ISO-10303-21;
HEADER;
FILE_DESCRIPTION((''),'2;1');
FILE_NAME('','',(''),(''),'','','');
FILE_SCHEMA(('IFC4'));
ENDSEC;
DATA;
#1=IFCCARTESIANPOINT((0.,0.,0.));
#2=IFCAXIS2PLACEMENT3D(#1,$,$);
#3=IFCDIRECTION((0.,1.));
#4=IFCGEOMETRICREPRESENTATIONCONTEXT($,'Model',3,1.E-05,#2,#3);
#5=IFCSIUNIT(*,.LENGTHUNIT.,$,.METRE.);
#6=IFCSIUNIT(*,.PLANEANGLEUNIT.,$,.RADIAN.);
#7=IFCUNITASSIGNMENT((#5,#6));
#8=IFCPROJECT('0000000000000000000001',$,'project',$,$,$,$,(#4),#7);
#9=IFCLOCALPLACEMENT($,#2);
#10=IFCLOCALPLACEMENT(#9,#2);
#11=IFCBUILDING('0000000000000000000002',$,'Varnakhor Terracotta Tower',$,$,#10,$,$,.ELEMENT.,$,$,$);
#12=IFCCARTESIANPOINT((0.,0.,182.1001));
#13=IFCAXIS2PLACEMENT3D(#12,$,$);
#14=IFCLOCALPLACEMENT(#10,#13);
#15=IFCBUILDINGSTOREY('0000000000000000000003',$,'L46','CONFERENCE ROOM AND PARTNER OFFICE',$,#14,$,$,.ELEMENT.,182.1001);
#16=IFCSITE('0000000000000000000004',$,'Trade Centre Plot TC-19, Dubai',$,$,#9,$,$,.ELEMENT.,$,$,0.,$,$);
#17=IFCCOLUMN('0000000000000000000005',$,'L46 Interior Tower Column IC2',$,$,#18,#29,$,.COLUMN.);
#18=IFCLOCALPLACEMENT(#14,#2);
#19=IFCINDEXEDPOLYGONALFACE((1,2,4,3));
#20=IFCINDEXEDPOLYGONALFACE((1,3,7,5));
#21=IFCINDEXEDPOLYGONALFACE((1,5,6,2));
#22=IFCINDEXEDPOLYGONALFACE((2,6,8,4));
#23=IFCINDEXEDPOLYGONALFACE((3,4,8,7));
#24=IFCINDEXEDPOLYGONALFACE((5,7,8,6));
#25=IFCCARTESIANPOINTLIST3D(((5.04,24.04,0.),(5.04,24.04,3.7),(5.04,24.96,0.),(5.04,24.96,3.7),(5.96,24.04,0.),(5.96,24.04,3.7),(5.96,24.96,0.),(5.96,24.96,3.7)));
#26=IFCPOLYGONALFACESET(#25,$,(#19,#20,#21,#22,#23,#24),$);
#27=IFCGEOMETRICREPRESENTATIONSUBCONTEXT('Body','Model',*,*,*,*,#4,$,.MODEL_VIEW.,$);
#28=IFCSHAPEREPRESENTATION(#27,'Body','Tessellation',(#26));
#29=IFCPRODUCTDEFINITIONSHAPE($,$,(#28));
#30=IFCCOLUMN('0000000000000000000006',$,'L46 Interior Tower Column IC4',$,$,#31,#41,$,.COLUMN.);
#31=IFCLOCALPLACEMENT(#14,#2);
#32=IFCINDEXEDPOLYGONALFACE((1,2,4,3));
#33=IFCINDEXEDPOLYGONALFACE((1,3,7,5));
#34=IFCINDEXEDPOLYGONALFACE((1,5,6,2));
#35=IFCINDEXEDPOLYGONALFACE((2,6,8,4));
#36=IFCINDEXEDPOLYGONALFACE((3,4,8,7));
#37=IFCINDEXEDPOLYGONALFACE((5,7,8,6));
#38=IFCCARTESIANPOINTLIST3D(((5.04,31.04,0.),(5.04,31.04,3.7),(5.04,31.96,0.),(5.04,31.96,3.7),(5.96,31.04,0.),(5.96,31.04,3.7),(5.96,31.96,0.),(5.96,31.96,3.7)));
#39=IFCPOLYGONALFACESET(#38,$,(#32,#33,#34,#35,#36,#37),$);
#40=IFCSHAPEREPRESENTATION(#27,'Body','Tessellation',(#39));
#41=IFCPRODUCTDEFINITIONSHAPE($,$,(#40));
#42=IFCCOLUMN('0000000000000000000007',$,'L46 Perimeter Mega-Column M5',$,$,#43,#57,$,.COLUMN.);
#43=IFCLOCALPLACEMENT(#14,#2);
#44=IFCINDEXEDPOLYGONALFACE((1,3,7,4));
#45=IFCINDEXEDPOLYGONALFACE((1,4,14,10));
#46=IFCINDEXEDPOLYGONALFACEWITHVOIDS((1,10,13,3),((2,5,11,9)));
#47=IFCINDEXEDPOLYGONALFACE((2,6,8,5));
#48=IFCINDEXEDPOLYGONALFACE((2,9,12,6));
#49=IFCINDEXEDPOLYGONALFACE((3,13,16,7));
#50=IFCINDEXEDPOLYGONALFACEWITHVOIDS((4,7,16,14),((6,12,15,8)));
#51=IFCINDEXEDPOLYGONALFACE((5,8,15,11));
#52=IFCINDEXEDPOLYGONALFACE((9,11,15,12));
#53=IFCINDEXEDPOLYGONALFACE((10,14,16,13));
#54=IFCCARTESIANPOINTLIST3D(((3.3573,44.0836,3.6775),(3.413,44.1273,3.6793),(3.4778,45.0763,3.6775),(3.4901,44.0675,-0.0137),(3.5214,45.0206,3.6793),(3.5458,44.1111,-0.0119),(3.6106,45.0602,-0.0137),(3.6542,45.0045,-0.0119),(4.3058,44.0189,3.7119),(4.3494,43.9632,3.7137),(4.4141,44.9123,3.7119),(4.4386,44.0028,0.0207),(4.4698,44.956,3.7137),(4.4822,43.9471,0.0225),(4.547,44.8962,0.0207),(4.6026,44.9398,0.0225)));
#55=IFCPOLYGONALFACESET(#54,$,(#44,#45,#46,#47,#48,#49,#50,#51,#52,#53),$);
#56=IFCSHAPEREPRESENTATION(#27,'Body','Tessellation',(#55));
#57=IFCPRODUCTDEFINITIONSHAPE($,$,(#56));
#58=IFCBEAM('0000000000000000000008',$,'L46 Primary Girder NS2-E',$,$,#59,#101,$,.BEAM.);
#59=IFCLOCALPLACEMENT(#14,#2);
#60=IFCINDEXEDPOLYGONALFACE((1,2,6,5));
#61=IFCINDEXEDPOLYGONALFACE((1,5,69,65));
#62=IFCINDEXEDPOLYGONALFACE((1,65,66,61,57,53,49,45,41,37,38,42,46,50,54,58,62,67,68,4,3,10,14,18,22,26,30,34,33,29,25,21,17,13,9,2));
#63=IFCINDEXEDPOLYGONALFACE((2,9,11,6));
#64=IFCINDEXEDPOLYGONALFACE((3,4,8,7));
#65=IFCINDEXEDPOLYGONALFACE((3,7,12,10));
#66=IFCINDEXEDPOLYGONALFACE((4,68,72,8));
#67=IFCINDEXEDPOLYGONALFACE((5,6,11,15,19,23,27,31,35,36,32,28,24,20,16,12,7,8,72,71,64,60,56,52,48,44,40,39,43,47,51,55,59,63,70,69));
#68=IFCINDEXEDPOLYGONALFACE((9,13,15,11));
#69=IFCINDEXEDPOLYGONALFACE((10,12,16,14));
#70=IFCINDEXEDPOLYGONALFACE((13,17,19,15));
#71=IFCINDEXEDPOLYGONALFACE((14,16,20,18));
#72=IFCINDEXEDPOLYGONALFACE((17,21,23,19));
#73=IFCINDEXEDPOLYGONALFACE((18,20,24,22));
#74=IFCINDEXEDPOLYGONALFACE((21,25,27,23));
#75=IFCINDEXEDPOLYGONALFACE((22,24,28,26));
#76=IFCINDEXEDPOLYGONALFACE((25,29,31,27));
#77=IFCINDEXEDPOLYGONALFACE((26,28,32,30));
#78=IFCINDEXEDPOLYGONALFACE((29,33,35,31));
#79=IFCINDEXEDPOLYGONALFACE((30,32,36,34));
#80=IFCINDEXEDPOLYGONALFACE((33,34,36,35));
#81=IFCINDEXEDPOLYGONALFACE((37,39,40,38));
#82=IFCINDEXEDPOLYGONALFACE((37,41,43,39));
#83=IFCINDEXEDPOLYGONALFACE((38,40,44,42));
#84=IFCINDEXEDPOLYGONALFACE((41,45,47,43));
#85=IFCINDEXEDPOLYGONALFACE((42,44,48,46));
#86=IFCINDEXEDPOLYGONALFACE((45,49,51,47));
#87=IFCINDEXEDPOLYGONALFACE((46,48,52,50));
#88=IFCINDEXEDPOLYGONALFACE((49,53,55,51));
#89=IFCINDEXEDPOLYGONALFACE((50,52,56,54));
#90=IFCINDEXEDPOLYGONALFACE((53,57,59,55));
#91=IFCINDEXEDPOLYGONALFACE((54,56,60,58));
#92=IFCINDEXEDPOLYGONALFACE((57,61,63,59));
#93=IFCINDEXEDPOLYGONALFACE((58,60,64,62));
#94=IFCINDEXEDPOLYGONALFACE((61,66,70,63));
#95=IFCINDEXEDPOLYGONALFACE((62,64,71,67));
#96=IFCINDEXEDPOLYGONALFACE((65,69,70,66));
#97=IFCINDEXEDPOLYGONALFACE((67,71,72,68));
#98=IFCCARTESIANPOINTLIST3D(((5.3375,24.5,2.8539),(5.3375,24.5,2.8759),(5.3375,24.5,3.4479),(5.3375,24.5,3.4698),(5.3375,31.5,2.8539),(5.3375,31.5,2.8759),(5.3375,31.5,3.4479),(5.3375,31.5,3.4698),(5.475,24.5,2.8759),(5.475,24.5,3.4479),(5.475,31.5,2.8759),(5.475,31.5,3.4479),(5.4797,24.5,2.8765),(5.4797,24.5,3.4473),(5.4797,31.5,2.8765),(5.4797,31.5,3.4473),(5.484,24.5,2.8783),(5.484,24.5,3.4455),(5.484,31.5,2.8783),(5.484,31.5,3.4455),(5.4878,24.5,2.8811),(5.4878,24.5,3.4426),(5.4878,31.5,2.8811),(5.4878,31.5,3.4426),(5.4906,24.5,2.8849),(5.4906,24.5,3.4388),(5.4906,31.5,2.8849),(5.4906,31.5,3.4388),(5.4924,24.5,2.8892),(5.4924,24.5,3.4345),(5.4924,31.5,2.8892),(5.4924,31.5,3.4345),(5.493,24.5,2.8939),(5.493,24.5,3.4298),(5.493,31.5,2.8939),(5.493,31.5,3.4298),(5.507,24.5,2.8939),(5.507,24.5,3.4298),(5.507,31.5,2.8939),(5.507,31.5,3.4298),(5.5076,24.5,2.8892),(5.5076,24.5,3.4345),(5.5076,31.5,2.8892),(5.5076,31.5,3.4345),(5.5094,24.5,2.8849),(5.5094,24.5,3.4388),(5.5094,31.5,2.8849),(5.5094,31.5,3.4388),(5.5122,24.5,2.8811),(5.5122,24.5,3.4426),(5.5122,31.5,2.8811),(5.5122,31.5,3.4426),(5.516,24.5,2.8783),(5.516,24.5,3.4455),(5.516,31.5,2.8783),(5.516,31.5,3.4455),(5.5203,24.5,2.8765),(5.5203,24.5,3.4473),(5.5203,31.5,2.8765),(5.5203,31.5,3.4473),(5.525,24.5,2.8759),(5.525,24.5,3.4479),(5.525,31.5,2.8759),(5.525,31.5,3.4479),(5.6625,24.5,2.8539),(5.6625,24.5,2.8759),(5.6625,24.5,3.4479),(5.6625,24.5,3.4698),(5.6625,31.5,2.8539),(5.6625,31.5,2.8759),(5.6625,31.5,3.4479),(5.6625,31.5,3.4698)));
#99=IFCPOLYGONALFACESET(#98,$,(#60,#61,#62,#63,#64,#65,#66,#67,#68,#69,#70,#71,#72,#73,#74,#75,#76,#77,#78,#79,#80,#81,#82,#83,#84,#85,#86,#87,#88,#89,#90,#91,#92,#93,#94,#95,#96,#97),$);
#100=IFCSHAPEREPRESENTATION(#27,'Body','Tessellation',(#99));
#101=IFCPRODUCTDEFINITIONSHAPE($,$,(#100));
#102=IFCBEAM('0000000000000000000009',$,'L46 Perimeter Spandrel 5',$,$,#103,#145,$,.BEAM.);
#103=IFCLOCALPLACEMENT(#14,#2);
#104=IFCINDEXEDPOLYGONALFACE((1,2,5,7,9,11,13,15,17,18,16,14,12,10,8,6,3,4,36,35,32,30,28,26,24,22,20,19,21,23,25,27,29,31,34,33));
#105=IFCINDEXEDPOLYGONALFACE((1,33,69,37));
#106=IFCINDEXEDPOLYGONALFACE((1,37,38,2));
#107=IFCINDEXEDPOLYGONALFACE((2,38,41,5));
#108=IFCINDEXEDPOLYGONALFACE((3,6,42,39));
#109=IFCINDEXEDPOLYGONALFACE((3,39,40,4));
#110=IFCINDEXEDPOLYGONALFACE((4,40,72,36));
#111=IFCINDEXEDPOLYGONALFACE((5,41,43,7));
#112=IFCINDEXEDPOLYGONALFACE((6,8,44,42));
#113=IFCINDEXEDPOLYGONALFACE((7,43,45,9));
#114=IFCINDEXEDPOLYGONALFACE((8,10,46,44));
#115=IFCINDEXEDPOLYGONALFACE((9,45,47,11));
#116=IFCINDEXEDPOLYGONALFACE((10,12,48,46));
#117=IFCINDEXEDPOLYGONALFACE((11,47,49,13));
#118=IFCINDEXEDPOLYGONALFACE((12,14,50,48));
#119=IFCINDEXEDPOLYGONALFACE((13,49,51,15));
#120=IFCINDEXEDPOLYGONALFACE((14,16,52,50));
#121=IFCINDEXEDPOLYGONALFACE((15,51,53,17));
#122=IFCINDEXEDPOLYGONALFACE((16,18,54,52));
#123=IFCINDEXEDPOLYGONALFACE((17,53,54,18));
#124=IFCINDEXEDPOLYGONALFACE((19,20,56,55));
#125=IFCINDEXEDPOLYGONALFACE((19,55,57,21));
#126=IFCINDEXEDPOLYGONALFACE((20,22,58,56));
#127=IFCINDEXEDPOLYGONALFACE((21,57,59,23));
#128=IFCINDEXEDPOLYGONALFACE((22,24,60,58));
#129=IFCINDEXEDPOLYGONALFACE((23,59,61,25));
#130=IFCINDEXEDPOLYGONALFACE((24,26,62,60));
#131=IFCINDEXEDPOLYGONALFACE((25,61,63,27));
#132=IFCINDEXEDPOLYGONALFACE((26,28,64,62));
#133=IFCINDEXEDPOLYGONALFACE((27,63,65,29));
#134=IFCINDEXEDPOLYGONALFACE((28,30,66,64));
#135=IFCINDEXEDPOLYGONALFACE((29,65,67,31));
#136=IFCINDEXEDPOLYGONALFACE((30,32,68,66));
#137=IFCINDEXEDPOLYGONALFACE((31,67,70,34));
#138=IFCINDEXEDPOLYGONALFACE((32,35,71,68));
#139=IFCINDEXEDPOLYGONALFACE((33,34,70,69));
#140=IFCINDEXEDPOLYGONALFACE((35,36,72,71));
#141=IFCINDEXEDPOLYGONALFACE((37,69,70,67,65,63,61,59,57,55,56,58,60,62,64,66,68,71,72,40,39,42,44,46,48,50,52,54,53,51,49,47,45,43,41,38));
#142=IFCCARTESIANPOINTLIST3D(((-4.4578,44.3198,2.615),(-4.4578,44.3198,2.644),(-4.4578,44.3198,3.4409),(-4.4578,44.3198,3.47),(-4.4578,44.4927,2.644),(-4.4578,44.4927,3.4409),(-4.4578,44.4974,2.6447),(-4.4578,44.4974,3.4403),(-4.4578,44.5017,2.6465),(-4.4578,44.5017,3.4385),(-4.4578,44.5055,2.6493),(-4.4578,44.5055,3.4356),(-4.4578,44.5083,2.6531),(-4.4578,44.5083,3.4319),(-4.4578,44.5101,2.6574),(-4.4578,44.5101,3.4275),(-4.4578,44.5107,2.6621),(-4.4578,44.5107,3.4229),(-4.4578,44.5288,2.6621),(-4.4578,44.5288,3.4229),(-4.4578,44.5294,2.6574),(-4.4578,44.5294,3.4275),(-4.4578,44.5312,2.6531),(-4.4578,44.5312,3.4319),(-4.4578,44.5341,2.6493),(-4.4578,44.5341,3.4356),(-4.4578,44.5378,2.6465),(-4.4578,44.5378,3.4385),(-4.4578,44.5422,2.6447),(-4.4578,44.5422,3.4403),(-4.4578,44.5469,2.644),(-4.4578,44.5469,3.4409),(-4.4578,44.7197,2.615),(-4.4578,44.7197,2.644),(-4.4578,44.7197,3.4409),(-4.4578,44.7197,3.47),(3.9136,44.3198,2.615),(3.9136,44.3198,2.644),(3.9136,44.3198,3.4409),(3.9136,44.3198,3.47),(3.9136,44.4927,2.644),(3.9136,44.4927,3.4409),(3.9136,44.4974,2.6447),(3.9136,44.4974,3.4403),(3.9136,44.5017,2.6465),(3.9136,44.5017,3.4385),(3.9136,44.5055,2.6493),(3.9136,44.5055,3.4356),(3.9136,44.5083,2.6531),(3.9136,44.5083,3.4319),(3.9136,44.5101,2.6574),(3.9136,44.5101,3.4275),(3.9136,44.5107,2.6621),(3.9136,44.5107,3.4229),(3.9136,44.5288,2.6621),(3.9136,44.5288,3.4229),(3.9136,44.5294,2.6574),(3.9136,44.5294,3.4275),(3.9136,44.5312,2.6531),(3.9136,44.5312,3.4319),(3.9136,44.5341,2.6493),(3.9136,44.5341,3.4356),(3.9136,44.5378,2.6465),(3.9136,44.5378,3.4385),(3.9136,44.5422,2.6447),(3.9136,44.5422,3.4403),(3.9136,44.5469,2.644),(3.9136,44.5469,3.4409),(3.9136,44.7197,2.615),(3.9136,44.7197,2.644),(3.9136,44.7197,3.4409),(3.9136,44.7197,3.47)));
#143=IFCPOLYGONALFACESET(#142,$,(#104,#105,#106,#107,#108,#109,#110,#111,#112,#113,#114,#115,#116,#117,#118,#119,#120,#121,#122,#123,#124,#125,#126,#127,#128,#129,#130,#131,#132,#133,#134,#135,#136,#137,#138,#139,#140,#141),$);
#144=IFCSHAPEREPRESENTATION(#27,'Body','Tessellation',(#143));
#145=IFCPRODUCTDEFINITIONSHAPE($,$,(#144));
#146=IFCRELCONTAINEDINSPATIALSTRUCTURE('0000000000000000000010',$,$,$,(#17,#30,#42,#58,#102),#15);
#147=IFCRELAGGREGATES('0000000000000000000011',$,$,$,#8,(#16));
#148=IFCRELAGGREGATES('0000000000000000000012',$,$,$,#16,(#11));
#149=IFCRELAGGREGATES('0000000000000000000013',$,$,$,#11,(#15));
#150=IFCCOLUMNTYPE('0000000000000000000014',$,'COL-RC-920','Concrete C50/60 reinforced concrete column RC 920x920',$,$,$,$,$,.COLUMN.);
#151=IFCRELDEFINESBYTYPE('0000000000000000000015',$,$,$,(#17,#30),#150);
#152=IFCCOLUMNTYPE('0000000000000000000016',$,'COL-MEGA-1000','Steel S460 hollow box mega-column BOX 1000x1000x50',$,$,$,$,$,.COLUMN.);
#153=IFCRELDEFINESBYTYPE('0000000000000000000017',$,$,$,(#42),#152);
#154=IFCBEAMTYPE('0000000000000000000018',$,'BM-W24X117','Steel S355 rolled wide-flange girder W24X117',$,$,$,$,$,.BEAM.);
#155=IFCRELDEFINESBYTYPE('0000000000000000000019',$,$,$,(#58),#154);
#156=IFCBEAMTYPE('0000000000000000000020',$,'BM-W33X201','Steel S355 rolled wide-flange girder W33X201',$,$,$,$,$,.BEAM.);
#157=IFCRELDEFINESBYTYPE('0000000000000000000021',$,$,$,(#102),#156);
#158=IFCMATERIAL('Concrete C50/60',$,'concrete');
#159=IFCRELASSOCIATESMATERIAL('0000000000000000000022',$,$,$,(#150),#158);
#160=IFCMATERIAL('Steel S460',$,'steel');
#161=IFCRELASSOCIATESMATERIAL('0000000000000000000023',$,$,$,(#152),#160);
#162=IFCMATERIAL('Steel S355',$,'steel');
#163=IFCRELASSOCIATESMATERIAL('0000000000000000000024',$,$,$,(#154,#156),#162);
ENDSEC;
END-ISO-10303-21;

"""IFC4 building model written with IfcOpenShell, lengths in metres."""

from ifc_helpers import new_model, si_unit, direction, frame, origin, origin_2d, place, context, subcontext, project, spatial, rectangle, hollow_rectangle, i_section, extrude, source, transform, mapped, material, material_profile, profile_set, type_object, element, save


model = new_model("IFC4")

# Units and contexts
model_context = context("Model", 3, precision=1e-05, world=origin(), true_north=direction((0.0, 1.0)))
body_context = subcontext(model_context, "Body", "Model", "MODEL_VIEW")
ifc_project = project(units=[si_unit("LENGTHUNIT", "METRE"), si_unit("PLANEANGLEUNIT", "RADIAN")], contexts=[model_context])

# Site, building, storey
site_placement = place(None, origin())
site = spatial("IfcSite", under=ifc_project, at=site_placement, Name="Trade Centre Plot TC-19, Dubai", CompositionType="ELEMENT", RefElevation=0.0)
building_placement = place(site_placement, origin())
building = spatial("IfcBuilding", under=site, at=building_placement, Name="Varnakhor Terracotta Tower", CompositionType="ELEMENT")
storey_placement = place(building_placement, frame((0.0, 0.0, 182.1001)))
storey = spatial("IfcBuildingStorey", under=building, at=storey_placement, Name="L46", Description="CONFERENCE ROOM AND PARTNER OFFICE", CompositionType="ELEMENT", Elevation=182.1001)

# Columns
ifc_material_1 = material(Name="Concrete C50/60", Category="concrete")
ifc_material_profile_1 = material_profile(ifc_material_1, rectangle(XDim=0.9199, YDim=0.9199, at=origin_2d()), Name="RC 920x920")
ifc_profile_set_1 = profile_set([ifc_material_profile_1], Name="Concrete C50/60")
column_type_1 = type_object("IfcColumnType", Name="COL-RC-920", Description="Concrete C50/60 reinforced concrete column RC 920x920", PredefinedType="COLUMN", material=ifc_profile_set_1)
shared_shape_1 = source(origin(), body_context, "Body", "SweptSolid", [
    extrude(rectangle(XDim=0.9199, YDim=0.9199, at=origin_2d()), origin(), (0.0, 0.0, 1.0), 3.7),
])
for number, where, z_axis, x_axis, name in (
    (1, (5.5, 24.5, 0.0), (0.0, 0.0, 1.0), (1.0, 0.0, 0.0), "L46 Interior Tower Column IC2"),
    (2, (5.5, 31.5, 0.0), (0.0, 0.0, 1.0), (1.0, 0.0, 0.0), "L46 Interior Tower Column IC4"),
):
    element("IfcColumn", number, at=place(storey_placement, frame(where, z_axis=z_axis, x_axis=x_axis)), inside=storey, type_object=column_type_1, Name=name, PredefinedType="COLUMN", context=body_context, shape_type="MappedRepresentation", body=[
        mapped(shared_shape_1, transform((0.0, 0.0, 0.0), scale=1.0)),
    ])
ifc_material_2 = material(Name="Steel S460", Category="steel")
ifc_material_profile_2 = material_profile(ifc_material_2, hollow_rectangle(XDim=1.0, YDim=1.0, WallThickness=0.05, at=origin_2d()), Name="BOX 1000x1000x50")
ifc_profile_set_2 = profile_set([ifc_material_profile_2], Name="Steel S460")
column_type_2 = type_object("IfcColumnType", Name="COL-MEGA-1000", Description="Steel S460 hollow box mega-column BOX 1000x1000x50", PredefinedType="COLUMN", material=ifc_profile_set_2)
shared_shape_2 = source(origin(), body_context, "Body", "SweptSolid", [
    extrude(hollow_rectangle(XDim=1.0, YDim=1.0, WallThickness=0.05, at=origin_2d()), origin(), (0.0, 0.0, 1.0), 3.6936),
])
column_placement = place(storey_placement, frame((4.0464, 44.5037, 0.0044), z_axis=(-0.035958, 0.004363, 0.999344), x_axis=(-0.12044, -0.992721, 0.0)))
element("IfcColumn", 3, at=column_placement, inside=storey, type_object=column_type_2, Name="L46 Perimeter Mega-Column M5", PredefinedType="COLUMN", context=body_context, shape_type="MappedRepresentation", body=[
    mapped(shared_shape_2, transform((0.0, 0.0, 0.0), scale=1.0)),
])

# Beams
ifc_material_3 = material(Name="Steel S355", Category="steel")
ifc_material_profile_3 = material_profile(ifc_material_3, i_section(OverallWidth=0.325, OverallDepth=0.616, WebThickness=0.0139, FlangeThickness=0.022, FilletRadius=0.0181, at=origin_2d()), Name="W24X117")
ifc_profile_set_3 = profile_set([ifc_material_profile_3], Name="Steel S355")
beam_type_1 = type_object("IfcBeamType", Name="BM-W24X117", Description="Steel S355 rolled wide-flange girder W24X117", PredefinedType="BEAM", material=ifc_profile_set_3)
shared_shape_3 = source(origin(), body_context, "Body", "SweptSolid", [
    extrude(i_section(OverallWidth=0.325, OverallDepth=0.616, WebThickness=0.0139, FlangeThickness=0.022, FilletRadius=0.0181, at=origin_2d()), origin(), (0.0, 0.0, 1.0), 7.0),
])
beam_1_placement = place(storey_placement, frame((5.5, 24.5, 3.1619), z_axis=(0.0, 1.0, 0.0), x_axis=(-1.0, 0.0, 0.0)))
element("IfcBeam", 4, at=beam_1_placement, inside=storey, type_object=beam_type_1, Name="L46 Primary Girder NS2-E", PredefinedType="BEAM", context=body_context, shape_type="MappedRepresentation", body=[
    mapped(shared_shape_3, transform((0.0, 0.0, 0.0), scale=1.0)),
])
ifc_material_profile_4 = material_profile(ifc_material_3, i_section(OverallWidth=0.3999, OverallDepth=0.855, WebThickness=0.0181, FlangeThickness=0.0291, FilletRadius=0.0181, at=origin_2d()), Name="W33X201")
ifc_profile_set_4 = profile_set([ifc_material_profile_4], Name="Steel S355")
beam_type_2 = type_object("IfcBeamType", Name="BM-W33X201", Description="Steel S355 rolled wide-flange girder W33X201", PredefinedType="BEAM", material=ifc_profile_set_4)
shared_shape_4 = source(origin(), body_context, "Body", "SweptSolid", [
    extrude(i_section(OverallWidth=0.3999, OverallDepth=0.855, WebThickness=0.0181, FlangeThickness=0.0291, FilletRadius=0.0181, at=origin_2d()), origin(), (0.0, 0.0, 1.0), 8.3713),
])
beam_2_placement = place(storey_placement, frame((3.9136, 44.5198, 3.0425), z_axis=(-1.0, 0.0, 0.0), x_axis=(0.0, -1.0, 0.0)))
element("IfcBeam", 5, at=beam_2_placement, inside=storey, type_object=beam_type_2, Name="L46 Perimeter Spandrel 5", PredefinedType="BEAM", context=body_context, shape_type="MappedRepresentation", body=[
    mapped(shared_shape_4, transform((0.0, 0.0, 0.0), scale=1.0)),
])

save(model, "model.ifc")
